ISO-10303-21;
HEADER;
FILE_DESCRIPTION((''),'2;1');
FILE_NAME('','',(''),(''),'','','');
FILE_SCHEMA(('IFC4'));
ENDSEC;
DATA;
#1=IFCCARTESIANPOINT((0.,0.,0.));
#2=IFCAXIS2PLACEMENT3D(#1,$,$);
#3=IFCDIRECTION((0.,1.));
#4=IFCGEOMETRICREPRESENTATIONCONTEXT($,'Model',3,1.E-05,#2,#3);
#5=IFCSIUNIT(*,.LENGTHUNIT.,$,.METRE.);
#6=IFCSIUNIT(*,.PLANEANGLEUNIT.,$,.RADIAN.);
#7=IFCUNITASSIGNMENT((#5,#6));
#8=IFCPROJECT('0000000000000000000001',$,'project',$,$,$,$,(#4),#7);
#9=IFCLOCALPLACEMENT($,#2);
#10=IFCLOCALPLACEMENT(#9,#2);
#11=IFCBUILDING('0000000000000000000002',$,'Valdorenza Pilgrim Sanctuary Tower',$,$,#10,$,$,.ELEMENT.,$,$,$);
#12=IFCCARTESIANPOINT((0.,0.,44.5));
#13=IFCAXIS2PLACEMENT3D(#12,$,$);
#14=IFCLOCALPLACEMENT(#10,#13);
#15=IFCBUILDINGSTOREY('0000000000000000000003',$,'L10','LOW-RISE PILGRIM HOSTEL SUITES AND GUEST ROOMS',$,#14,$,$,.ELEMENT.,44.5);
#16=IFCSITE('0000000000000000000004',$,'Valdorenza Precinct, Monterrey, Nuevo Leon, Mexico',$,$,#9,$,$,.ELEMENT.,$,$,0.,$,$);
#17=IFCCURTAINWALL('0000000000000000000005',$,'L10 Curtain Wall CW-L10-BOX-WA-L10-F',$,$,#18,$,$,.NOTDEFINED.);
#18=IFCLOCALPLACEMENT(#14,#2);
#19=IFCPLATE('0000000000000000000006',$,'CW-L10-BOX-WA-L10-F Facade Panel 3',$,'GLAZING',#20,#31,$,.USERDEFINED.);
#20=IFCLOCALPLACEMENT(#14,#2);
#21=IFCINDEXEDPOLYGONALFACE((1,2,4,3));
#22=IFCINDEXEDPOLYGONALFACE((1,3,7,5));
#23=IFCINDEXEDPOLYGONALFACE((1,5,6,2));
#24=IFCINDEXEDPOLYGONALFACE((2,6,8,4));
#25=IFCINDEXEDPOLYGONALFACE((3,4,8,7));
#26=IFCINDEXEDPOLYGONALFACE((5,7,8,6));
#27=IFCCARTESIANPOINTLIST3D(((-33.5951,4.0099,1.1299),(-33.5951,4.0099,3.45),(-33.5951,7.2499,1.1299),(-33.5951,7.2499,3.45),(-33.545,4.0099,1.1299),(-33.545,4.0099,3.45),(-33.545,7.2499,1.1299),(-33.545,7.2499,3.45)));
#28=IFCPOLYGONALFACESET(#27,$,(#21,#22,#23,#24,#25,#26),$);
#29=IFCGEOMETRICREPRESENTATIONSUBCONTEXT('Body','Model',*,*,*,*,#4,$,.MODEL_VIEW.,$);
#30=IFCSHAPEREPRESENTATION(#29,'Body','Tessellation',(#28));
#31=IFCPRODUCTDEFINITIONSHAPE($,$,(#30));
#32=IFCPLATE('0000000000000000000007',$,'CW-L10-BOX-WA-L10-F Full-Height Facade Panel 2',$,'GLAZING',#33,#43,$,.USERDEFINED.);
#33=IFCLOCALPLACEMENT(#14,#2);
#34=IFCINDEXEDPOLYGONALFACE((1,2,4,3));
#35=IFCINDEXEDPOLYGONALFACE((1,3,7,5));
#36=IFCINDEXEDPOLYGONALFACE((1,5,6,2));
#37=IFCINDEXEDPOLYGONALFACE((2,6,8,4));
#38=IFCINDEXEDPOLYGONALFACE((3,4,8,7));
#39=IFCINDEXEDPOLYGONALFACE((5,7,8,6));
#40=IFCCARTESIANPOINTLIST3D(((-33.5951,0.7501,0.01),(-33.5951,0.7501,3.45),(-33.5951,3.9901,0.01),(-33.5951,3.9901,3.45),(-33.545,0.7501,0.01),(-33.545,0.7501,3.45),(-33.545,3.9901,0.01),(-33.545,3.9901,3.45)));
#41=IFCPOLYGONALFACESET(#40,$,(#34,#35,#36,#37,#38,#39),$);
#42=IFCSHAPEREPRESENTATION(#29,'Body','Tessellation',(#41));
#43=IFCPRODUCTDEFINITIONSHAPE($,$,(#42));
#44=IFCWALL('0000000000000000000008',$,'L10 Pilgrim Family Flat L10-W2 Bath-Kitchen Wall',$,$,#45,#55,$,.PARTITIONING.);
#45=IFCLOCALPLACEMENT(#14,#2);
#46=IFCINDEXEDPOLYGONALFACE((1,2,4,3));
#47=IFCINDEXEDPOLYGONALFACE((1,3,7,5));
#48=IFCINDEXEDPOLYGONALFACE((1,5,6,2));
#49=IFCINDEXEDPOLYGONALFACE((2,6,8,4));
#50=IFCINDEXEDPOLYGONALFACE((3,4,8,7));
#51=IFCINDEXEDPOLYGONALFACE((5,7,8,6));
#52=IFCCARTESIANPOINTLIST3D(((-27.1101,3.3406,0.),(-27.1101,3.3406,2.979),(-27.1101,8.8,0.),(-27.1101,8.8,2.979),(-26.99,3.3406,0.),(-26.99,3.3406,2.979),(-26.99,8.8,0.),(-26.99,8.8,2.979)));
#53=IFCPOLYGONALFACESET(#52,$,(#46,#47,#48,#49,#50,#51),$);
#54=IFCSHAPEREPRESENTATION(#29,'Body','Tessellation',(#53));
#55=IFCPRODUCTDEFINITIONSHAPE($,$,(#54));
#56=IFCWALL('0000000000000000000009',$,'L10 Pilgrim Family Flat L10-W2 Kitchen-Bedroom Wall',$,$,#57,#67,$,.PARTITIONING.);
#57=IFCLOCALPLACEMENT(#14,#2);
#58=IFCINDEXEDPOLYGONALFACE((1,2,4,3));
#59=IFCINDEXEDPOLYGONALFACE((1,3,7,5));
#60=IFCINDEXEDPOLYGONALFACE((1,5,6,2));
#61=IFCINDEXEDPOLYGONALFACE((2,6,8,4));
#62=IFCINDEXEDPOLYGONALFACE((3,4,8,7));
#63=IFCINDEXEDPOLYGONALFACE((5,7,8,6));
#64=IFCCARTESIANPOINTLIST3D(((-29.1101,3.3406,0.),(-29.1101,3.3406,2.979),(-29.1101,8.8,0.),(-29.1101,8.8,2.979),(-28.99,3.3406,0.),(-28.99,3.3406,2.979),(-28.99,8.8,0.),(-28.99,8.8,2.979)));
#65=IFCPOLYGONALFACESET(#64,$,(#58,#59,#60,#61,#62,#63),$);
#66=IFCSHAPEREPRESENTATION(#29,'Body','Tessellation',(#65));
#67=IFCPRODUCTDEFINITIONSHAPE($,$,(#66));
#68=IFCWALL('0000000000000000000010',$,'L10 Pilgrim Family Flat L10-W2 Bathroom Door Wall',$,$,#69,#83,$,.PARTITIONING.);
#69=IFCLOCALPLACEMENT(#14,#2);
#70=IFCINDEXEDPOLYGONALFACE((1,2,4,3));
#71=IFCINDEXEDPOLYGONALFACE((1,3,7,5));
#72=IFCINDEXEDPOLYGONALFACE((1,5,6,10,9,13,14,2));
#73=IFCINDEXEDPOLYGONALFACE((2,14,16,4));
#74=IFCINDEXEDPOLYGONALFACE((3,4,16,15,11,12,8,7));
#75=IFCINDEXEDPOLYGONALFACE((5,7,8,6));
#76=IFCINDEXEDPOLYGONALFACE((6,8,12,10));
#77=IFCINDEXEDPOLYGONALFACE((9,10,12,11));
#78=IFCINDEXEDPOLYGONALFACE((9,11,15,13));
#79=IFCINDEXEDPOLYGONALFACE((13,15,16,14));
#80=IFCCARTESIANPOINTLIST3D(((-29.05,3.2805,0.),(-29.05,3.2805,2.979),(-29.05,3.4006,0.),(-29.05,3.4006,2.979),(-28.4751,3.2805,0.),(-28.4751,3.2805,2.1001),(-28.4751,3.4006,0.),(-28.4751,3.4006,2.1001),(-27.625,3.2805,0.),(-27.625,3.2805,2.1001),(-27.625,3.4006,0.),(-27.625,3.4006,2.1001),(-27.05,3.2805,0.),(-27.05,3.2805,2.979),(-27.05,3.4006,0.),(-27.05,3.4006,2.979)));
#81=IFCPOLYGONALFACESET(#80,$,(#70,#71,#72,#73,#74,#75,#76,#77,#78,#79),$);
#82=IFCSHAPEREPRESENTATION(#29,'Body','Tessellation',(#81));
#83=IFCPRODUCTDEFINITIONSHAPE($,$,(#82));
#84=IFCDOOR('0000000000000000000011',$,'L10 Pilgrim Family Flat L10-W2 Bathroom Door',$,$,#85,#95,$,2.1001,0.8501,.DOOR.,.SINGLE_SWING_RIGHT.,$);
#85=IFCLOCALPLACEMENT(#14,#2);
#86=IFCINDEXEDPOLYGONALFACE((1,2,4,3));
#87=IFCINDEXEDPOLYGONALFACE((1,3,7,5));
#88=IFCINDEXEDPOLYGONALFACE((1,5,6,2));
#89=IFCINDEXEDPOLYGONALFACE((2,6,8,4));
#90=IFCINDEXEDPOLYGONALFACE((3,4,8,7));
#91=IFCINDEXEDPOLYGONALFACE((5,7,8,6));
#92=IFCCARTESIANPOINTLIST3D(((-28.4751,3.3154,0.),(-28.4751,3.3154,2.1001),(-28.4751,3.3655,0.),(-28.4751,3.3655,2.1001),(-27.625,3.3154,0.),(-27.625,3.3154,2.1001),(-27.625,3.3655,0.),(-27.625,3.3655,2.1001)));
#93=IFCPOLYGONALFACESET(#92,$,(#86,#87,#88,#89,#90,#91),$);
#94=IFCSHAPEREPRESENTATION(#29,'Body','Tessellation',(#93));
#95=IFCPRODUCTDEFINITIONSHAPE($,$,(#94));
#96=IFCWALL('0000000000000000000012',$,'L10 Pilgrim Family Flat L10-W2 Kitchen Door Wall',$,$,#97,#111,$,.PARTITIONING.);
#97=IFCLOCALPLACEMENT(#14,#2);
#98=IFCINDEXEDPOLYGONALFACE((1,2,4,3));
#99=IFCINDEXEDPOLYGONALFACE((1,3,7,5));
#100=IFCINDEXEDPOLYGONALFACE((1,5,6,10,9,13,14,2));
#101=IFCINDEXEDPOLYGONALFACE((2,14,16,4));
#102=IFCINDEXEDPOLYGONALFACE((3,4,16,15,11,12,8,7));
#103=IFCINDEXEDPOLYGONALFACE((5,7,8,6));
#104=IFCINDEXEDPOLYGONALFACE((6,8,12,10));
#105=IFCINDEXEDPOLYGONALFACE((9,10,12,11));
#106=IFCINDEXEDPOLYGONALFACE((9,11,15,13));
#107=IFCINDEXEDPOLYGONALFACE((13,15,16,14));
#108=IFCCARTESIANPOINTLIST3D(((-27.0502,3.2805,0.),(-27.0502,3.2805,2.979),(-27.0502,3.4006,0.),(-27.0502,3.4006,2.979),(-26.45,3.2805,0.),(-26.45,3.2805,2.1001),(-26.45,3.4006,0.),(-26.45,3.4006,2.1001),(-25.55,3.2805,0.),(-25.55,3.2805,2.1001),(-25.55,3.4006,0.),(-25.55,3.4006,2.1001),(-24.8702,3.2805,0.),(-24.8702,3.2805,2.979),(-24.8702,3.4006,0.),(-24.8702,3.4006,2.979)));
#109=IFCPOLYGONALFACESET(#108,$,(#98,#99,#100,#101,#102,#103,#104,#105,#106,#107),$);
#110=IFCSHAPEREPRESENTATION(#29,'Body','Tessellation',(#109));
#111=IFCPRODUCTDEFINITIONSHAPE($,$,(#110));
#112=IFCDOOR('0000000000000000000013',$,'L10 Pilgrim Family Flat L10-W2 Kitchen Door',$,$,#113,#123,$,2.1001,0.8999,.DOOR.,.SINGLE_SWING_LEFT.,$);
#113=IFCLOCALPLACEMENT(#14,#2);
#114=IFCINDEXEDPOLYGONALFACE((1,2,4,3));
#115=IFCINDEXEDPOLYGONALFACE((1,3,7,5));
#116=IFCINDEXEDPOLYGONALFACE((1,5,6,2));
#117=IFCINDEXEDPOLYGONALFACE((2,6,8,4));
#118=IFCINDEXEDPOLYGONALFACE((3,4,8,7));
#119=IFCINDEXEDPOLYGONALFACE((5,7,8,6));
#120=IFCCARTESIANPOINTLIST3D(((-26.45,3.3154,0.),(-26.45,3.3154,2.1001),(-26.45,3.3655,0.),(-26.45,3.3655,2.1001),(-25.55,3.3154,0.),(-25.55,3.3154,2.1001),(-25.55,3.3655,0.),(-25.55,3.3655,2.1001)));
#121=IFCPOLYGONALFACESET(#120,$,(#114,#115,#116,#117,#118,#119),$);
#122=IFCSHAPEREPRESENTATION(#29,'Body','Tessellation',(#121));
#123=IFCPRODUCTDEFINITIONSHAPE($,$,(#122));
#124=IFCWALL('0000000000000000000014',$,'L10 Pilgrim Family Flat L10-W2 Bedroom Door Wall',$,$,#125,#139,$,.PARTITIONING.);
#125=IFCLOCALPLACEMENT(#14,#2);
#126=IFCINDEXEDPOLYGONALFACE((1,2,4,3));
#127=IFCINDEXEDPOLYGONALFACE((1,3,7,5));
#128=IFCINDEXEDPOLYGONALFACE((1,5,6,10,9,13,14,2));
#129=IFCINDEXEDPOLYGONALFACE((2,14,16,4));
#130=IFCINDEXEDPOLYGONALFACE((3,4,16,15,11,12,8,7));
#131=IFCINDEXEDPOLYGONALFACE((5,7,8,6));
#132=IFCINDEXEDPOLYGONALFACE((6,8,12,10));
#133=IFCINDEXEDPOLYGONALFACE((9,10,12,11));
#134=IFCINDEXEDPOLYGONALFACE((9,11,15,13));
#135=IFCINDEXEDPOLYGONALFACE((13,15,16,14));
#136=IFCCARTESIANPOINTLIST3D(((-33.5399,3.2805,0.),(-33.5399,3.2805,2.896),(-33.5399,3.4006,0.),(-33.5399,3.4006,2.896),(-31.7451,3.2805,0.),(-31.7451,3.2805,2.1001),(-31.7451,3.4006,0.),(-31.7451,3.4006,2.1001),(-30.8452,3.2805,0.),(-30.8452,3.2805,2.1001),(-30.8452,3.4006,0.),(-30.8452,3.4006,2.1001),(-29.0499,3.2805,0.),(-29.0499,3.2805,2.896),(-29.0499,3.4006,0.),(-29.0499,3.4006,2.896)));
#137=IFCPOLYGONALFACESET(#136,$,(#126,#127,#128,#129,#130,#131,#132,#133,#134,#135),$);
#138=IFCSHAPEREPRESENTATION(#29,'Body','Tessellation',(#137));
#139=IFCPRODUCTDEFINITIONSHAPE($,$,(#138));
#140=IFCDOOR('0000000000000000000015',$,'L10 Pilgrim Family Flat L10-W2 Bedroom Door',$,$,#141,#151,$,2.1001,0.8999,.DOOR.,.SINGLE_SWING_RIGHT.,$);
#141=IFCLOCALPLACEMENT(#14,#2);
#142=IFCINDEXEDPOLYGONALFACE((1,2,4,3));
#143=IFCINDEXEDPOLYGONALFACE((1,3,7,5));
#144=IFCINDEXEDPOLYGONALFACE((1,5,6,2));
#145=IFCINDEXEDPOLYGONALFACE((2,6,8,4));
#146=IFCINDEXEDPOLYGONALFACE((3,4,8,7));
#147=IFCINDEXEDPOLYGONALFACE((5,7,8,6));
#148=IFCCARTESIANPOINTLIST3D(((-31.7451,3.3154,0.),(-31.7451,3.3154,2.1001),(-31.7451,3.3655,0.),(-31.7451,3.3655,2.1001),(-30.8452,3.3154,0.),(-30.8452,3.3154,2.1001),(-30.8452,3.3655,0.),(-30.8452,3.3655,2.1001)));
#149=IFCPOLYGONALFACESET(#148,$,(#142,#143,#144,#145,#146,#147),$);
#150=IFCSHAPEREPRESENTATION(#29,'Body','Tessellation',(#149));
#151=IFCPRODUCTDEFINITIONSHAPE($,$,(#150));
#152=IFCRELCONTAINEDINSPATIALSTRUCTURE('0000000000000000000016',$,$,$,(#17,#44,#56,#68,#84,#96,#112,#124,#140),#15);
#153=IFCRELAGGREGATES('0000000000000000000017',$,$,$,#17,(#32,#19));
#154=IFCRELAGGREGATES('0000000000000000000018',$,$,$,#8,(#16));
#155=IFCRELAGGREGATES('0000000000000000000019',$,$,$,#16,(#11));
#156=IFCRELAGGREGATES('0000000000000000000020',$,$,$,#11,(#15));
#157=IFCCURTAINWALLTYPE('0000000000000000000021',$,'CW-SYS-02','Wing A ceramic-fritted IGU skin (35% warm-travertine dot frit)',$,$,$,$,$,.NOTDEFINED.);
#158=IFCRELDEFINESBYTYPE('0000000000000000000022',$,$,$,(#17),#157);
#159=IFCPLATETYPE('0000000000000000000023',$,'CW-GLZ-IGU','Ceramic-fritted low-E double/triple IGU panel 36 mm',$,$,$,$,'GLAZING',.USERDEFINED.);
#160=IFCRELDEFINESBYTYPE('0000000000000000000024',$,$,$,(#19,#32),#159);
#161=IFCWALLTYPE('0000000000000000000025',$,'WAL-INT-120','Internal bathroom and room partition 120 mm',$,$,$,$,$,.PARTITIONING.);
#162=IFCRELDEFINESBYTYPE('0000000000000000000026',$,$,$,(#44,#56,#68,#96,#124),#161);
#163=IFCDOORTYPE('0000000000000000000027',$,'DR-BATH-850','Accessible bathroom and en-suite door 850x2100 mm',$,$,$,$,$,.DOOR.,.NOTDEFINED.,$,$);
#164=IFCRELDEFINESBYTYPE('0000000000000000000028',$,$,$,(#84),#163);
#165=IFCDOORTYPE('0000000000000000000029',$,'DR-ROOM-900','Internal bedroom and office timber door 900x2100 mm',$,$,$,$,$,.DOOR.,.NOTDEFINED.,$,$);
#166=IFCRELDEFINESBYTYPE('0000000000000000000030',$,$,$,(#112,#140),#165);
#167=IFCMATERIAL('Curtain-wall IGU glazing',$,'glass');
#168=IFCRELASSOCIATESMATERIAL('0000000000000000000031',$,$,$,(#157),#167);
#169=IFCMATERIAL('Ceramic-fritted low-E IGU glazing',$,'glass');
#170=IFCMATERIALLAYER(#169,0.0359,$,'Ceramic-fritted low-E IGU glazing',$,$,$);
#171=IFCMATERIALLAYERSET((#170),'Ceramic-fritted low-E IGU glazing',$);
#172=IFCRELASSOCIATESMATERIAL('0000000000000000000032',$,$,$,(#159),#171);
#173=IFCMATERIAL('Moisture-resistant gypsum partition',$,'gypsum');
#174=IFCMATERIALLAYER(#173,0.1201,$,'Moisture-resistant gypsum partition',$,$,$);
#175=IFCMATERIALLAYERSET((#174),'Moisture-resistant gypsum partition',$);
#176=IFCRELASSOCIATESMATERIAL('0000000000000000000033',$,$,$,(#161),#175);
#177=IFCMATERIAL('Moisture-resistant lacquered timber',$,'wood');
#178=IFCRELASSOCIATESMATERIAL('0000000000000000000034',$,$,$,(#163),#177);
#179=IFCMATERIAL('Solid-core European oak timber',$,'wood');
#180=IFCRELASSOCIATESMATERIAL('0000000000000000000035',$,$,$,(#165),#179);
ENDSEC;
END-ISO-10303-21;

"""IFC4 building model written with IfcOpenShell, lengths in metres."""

from ifc_helpers import new_model, si_unit, direction, frame, frame_2d, origin, origin_2d, place, context, subcontext, project, spatial, rectangle, extrude, source, transform, mapped, material, layer, layer_set, type_object, element, fill, aggregate, save


model = new_model("IFC4")

# Units and contexts
model_context = context("Model", 3, precision=1e-05, world=origin(), true_north=direction((0.0, 1.0)))
body_context = subcontext(model_context, "Body", "Model", "MODEL_VIEW")
ifc_project = project(units=[si_unit("LENGTHUNIT", "METRE"), si_unit("PLANEANGLEUNIT", "RADIAN")], contexts=[model_context])

# Site, building, storey
site_placement = place(None, origin())
site = spatial("IfcSite", under=ifc_project, at=site_placement, Name="Valdorenza Precinct, Monterrey, Nuevo Leon, Mexico", CompositionType="ELEMENT", RefElevation=0.0)
building_placement = place(site_placement, origin())
building = spatial("IfcBuilding", under=site, at=building_placement, Name="Valdorenza Pilgrim Sanctuary Tower", CompositionType="ELEMENT")
storey_placement = place(building_placement, frame((0.0, 0.0, 44.5)))
storey = spatial("IfcBuildingStorey", under=building, at=storey_placement, Name="L10", Description="LOW-RISE PILGRIM HOSTEL SUITES AND GUEST ROOMS", CompositionType="ELEMENT", Elevation=44.5)

# Curtain wall, plates
ifc_material_1 = material(Name="Curtain-wall IGU glazing", Category="glass")
curtain_wall_type = type_object("IfcCurtainWallType", Name="CW-SYS-02", Description="Wing A ceramic-fritted IGU skin (35% warm-travertine dot frit)", PredefinedType="NOTDEFINED", material=ifc_material_1)
curtain_wall_placement = place(storey_placement, origin())
curtain_wall = element("IfcCurtainWall", 1, at=curtain_wall_placement, inside=storey, type_object=curtain_wall_type, Name="L10 Curtain Wall CW-L10-BOX-WA-L10-F", PredefinedType="NOTDEFINED")
ifc_material_2 = material(Name="Ceramic-fritted low-E IGU glazing", Category="glass")
ifc_layer_1 = layer(ifc_material_2, 0.0359, Name="Ceramic-fritted low-E IGU glazing")
ifc_layer_set_1 = layer_set([ifc_layer_1], Name="Ceramic-fritted low-E IGU glazing")
plate_type_1 = type_object("IfcPlateType", Name="CW-GLZ-IGU", Description="Ceramic-fritted low-E double/triple IGU panel 36 mm", ElementType="GLAZING", PredefinedType="USERDEFINED", material=ifc_layer_set_1)
shared_shape_1 = source(origin(), body_context, "Body", "SweptSolid", [
    extrude(rectangle(XDim=3.24, YDim=0.05, at=origin_2d()), origin(), (0.0, 0.0, 1.0), 2.3201),
])
plate_1_placement = place(storey_placement, frame((-33.5701, 5.6299, 1.1299), z_axis=(0.0, 0.0, 1.0), x_axis=(0.0, 1.0, 0.0)))
plate_1 = element("IfcPlate", 2, at=plate_1_placement, type_object=plate_type_1, Name="CW-L10-BOX-WA-L10-F Facade Panel 3", ObjectType="GLAZING", PredefinedType="USERDEFINED", context=body_context, shape_type="MappedRepresentation", body=[
    mapped(shared_shape_1, transform((0.0, 0.0, 0.0), x_axis=(1.0, 0.0, 0.0), y_axis=(0.0, 1.0, 0.0), z_axis=(0.0, 0.0, 1.0), scale=1.0)),
])
shared_shape_2 = source(origin(), body_context, "Body", "SweptSolid", [
    extrude(rectangle(XDim=3.24, YDim=0.05, at=origin_2d()), origin(), (0.0, 0.0, 1.0), 3.4399),
])
plate_2_placement = place(storey_placement, frame((-33.5701, 2.3701, 0.01), z_axis=(0.0, 0.0, 1.0), x_axis=(0.0, 1.0, 0.0)))
plate_2 = element("IfcPlate", 3, at=plate_2_placement, type_object=plate_type_1, Name="CW-L10-BOX-WA-L10-F Full-Height Facade Panel 2", ObjectType="GLAZING", PredefinedType="USERDEFINED", context=body_context, shape_type="MappedRepresentation", body=[
    mapped(shared_shape_2, transform((0.0, 0.0, 0.0), x_axis=(1.0, 0.0, 0.0), y_axis=(0.0, 1.0, 0.0), z_axis=(0.0, 0.0, 1.0), scale=1.0)),
])
aggregate(curtain_wall, [plate_2, plate_1])

# Walls
ifc_material_3 = material(Name="Moisture-resistant gypsum partition", Category="gypsum")
ifc_layer_2 = layer(ifc_material_3, 0.1201, Name="Moisture-resistant gypsum partition")
ifc_layer_set_2 = layer_set([ifc_layer_2], Name="Moisture-resistant gypsum partition")
wall_type = type_object("IfcWallType", Name="WAL-INT-120", Description="Internal bathroom and room partition 120 mm", PredefinedType="PARTITIONING", material=ifc_layer_set_2)
for number, where, z_axis, x_axis, name in (
    (4, (-27.05, 3.3406, 0.0), (0.0, 0.0, 1.0), (0.0, 1.0, 0.0), "L10 Pilgrim Family Flat L10-W2 Bath-Kitchen Wall"),
    (5, (-29.05, 3.3406, 0.0), (0.0, 0.0, 1.0), (0.0, 1.0, 0.0), "L10 Pilgrim Family Flat L10-W2 Kitchen-Bedroom Wall"),
):
    element("IfcWall", number, at=place(storey_placement, frame(where, z_axis=z_axis, x_axis=x_axis)), inside=storey, type_object=wall_type, Name=name, PredefinedType="PARTITIONING", context=body_context, shape_type="SweptSolid", body=[
        extrude(rectangle(XDim=5.4595, YDim=0.1201, at=frame_2d((2.7297, 0.0))), origin(), (0.0, 0.0, 1.0), 2.979),
    ])

# Walls, openings, doors
wall_1_placement = place(storey_placement, frame((-29.05, 3.3406, 0.0), z_axis=(0.0, 0.0, 1.0), x_axis=(1.0, 0.0, 0.0)))
wall_1 = element("IfcWall", 6, at=wall_1_placement, inside=storey, type_object=wall_type, Name="L10 Pilgrim Family Flat L10-W2 Bathroom Door Wall", PredefinedType="PARTITIONING", context=body_context, shape_type="SweptSolid", body=[
    extrude(rectangle(XDim=2.0, YDim=0.1201, at=frame_2d((1.0, 0.0))), origin(), (0.0, 0.0, 1.0), 2.979),
])
opening_1_placement = place(wall_1_placement, frame((0.575, 0.0, 0.0)))
opening_1 = element("IfcOpeningElement", 7, at=opening_1_placement, cuts=wall_1, PredefinedType="OPENING", context=body_context, shape_type="SweptSolid", body=[
    extrude(rectangle(XDim=0.8501, YDim=2.1001, at=frame_2d((0.425, 1.05))), frame((0.0, 0.075, 0.0), z_axis=(0.0, -1.0, 0.0), x_axis=(1.0, 0.0, 0.0)), (0.0, 0.0, 1.0), 0.1499),
])
ifc_material_4 = material(Name="Moisture-resistant lacquered timber", Category="wood")
door_type_1 = type_object("IfcDoorType", Name="DR-BATH-850", Description="Accessible bathroom and en-suite door 850x2100 mm", OperationType="NOTDEFINED", PredefinedType="DOOR", material=ifc_material_4)
door_1_placement = place(opening_1_placement, origin())
door_1 = element("IfcDoor", 8, at=door_1_placement, inside=storey, type_object=door_type_1, Name="L10 Pilgrim Family Flat L10-W2 Bathroom Door", OperationType="SINGLE_SWING_RIGHT", OverallHeight=2.1001, OverallWidth=0.8501, PredefinedType="DOOR", context=body_context, shape_type="SweptSolid", body=[
    extrude(rectangle(XDim=0.8501, YDim=2.1001, at=frame_2d((0.425, 1.05))), frame((0.0, 0.0249, 0.0), z_axis=(0.0, -1.0, 0.0), x_axis=(1.0, 0.0, 0.0)), (0.0, 0.0, 1.0), 0.05),
])
fill(opening_1, door_1)
wall_2_placement = place(storey_placement, frame((-27.05, 3.3406, 0.0), z_axis=(0.0, 0.0, 1.0), x_axis=(1.0, 0.0, 0.0)))
wall_2 = element("IfcWall", 9, at=wall_2_placement, inside=storey, type_object=wall_type, Name="L10 Pilgrim Family Flat L10-W2 Kitchen Door Wall", PredefinedType="PARTITIONING", context=body_context, shape_type="SweptSolid", body=[
    extrude(rectangle(XDim=2.1799, YDim=0.1201, at=frame_2d((1.0898, 0.0))), origin(), (0.0, 0.0, 1.0), 2.979),
])
opening_2_placement = place(wall_2_placement, frame((0.6001, 0.0, 0.0)))
opening_2 = element("IfcOpeningElement", 10, at=opening_2_placement, cuts=wall_2, PredefinedType="OPENING", context=body_context, shape_type="SweptSolid", body=[
    extrude(rectangle(XDim=0.8999, YDim=2.1001, at=frame_2d((0.45, 1.05))), frame((0.0, 0.075, 0.0), z_axis=(0.0, -1.0, 0.0), x_axis=(1.0, 0.0, 0.0)), (0.0, 0.0, 1.0), 0.1499),
])
ifc_material_5 = material(Name="Solid-core European oak timber", Category="wood")
door_type_2 = type_object("IfcDoorType", Name="DR-ROOM-900", Description="Internal bedroom and office timber door 900x2100 mm", OperationType="NOTDEFINED", PredefinedType="DOOR", material=ifc_material_5)
door_2_placement = place(opening_2_placement, origin())
door_2 = element("IfcDoor", 11, at=door_2_placement, inside=storey, type_object=door_type_2, Name="L10 Pilgrim Family Flat L10-W2 Kitchen Door", OperationType="SINGLE_SWING_LEFT", OverallHeight=2.1001, OverallWidth=0.8999, PredefinedType="DOOR", context=body_context, shape_type="SweptSolid", body=[
    extrude(rectangle(XDim=0.8999, YDim=2.1001, at=frame_2d((0.45, 1.05))), frame((0.0, 0.0249, 0.0), z_axis=(0.0, -1.0, 0.0), x_axis=(1.0, 0.0, 0.0)), (0.0, 0.0, 1.0), 0.05),
])
fill(opening_2, door_2)
wall_3_placement = place(storey_placement, frame((-33.54, 3.3406, 0.0), z_axis=(0.0, 0.0, 1.0), x_axis=(1.0, 0.0, 0.0)))
wall_3 = element("IfcWall", 12, at=wall_3_placement, inside=storey, type_object=wall_type, Name="L10 Pilgrim Family Flat L10-W2 Bedroom Door Wall", PredefinedType="PARTITIONING", context=body_context, shape_type="SweptSolid", body=[
    extrude(rectangle(XDim=4.49, YDim=0.1201, at=frame_2d((2.2451, 0.0))), origin(), (0.0, 0.0, 1.0), 2.896),
])
opening_3_placement = place(wall_3_placement, frame((1.7949, 0.0, 0.0)))
opening_3 = element("IfcOpeningElement", 13, at=opening_3_placement, cuts=wall_3, PredefinedType="OPENING", context=body_context, shape_type="SweptSolid", body=[
    extrude(rectangle(XDim=0.8999, YDim=2.1001, at=frame_2d((0.45, 1.05))), frame((0.0, 0.075, 0.0), z_axis=(0.0, -1.0, 0.0), x_axis=(1.0, 0.0, 0.0)), (0.0, 0.0, 1.0), 0.1499),
])
door_3_placement = place(opening_3_placement, origin())
door_3 = element("IfcDoor", 14, at=door_3_placement, inside=storey, type_object=door_type_2, Name="L10 Pilgrim Family Flat L10-W2 Bedroom Door", OperationType="SINGLE_SWING_RIGHT", OverallHeight=2.1001, OverallWidth=0.8999, PredefinedType="DOOR", context=body_context, shape_type="SweptSolid", body=[
    extrude(rectangle(XDim=0.8999, YDim=2.1001, at=frame_2d((0.45, 1.05))), frame((0.0, 0.0249, 0.0), z_axis=(0.0, -1.0, 0.0), x_axis=(1.0, 0.0, 0.0)), (0.0, 0.0, 1.0), 0.05),
])
fill(opening_3, door_3)

save(model, "model.ifc")
